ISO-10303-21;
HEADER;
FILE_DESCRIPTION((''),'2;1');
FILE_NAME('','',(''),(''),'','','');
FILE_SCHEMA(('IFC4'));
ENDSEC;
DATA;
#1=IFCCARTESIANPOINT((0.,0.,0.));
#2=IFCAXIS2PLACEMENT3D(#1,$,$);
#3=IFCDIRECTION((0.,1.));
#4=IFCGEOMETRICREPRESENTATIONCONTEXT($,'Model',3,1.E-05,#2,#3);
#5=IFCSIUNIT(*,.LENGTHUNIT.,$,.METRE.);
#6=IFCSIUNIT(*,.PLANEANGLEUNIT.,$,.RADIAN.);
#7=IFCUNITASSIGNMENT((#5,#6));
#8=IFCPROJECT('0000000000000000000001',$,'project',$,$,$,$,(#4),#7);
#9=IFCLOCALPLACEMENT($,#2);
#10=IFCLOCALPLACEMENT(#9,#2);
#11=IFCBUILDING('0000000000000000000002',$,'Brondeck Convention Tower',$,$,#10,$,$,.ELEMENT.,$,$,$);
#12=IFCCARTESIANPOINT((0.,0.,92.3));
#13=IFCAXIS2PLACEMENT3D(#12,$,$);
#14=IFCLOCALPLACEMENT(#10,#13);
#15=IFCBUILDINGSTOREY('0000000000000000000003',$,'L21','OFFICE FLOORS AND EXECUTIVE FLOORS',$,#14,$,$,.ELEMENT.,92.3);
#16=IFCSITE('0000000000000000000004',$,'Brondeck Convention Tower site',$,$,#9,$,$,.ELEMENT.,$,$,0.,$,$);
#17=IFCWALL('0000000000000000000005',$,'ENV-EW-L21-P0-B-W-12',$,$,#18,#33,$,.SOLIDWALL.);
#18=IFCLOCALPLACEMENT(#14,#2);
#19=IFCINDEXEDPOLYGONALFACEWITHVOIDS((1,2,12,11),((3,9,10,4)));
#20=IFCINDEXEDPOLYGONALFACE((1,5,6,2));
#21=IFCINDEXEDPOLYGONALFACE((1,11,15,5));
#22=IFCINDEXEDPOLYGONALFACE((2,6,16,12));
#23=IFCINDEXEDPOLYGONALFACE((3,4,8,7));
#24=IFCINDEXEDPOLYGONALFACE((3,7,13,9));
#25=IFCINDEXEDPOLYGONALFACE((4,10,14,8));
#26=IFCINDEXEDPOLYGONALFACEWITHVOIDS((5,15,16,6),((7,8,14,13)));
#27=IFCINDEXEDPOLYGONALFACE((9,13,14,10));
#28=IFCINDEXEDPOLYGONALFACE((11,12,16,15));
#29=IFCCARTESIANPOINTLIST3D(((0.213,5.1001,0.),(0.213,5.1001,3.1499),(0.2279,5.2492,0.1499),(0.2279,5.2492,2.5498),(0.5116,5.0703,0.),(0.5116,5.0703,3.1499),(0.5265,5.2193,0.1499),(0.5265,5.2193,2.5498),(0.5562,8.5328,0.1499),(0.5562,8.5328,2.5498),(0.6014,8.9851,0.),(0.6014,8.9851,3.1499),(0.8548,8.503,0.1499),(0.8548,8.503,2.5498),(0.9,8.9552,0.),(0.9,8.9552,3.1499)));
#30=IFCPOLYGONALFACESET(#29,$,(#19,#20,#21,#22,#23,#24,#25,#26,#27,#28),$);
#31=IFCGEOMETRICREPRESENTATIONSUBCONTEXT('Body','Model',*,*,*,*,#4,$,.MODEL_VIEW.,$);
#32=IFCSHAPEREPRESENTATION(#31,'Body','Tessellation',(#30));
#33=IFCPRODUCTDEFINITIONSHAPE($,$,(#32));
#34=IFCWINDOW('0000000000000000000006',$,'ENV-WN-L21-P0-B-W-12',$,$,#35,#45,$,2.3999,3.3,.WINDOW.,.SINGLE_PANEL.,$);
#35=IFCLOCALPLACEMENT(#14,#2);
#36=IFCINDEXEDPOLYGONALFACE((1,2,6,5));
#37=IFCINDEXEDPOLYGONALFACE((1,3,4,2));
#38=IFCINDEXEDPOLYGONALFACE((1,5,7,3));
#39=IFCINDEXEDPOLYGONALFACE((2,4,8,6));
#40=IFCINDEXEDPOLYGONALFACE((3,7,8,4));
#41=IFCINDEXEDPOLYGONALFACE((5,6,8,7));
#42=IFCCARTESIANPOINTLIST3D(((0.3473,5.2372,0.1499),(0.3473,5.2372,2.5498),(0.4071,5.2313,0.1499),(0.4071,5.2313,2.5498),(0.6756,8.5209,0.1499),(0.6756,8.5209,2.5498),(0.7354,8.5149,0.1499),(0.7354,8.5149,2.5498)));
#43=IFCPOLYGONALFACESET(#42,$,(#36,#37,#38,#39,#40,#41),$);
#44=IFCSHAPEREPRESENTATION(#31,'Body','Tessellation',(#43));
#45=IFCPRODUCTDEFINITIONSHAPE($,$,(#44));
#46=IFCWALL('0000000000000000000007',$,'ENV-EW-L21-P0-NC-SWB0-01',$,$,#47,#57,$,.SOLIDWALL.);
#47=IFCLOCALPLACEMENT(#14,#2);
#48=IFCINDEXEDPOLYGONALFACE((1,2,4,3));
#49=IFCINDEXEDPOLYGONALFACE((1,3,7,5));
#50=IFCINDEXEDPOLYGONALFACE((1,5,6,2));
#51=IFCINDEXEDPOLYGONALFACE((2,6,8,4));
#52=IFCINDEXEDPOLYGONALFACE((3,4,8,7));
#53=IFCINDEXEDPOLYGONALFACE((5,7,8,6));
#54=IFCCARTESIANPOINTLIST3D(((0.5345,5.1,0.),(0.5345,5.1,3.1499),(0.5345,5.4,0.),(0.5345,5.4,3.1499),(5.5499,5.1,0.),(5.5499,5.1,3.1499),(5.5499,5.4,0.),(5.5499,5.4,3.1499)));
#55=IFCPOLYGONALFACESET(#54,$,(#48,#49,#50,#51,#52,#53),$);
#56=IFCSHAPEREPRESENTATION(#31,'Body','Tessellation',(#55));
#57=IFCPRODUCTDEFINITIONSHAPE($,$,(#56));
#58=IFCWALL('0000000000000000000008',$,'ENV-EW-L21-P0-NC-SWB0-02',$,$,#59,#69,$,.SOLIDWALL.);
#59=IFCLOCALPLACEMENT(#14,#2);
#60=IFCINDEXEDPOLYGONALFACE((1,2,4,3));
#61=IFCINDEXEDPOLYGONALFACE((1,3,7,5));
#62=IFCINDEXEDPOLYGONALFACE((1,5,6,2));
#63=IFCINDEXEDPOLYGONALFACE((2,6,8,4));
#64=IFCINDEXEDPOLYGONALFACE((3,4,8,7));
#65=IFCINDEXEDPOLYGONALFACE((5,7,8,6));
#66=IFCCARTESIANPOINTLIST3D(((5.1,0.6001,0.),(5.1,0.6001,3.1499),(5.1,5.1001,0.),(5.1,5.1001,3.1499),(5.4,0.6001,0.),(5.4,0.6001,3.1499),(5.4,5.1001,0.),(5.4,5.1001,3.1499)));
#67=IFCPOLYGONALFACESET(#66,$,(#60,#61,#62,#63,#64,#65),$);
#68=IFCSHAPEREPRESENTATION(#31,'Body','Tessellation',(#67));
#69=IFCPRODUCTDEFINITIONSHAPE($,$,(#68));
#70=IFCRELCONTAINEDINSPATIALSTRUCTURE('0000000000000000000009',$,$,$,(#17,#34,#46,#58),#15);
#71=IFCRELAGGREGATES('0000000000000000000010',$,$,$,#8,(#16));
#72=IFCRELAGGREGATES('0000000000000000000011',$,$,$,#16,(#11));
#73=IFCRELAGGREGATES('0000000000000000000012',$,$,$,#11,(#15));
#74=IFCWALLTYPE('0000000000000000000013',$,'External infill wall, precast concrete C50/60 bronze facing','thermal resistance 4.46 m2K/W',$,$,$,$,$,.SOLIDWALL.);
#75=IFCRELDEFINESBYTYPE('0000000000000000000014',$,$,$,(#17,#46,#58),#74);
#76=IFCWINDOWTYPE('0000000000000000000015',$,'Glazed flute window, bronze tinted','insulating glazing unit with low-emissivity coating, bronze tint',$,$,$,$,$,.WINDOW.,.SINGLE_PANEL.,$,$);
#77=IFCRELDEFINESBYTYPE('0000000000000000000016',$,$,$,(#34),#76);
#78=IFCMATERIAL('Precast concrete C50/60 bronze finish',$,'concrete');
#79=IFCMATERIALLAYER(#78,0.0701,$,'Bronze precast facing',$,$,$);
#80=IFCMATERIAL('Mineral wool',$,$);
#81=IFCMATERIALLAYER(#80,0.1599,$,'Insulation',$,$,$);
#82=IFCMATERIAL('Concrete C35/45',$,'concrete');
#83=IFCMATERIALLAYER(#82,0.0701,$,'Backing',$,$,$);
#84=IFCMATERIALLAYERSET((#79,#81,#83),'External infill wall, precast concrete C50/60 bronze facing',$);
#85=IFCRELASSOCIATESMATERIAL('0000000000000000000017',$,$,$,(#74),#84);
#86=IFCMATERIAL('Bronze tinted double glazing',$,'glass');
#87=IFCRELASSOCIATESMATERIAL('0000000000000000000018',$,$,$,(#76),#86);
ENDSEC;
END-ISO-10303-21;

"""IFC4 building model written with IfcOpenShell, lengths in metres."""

from ifc_helpers import new_model, si_unit, direction, frame, frame_2d, origin, place, context, subcontext, project, spatial, rectangle, extrude, material, layer, layer_set, type_object, element, fill, save


model = new_model("IFC4")

# Units and contexts
model_context = context("Model", 3, precision=1e-05, world=origin(), true_north=direction((0.0, 1.0)))
body_context = subcontext(model_context, "Body", "Model", "MODEL_VIEW")
ifc_project = project(units=[si_unit("LENGTHUNIT", "METRE"), si_unit("PLANEANGLEUNIT", "RADIAN")], contexts=[model_context])

# Site, building, storey
site_placement = place(None, origin())
site = spatial("IfcSite", under=ifc_project, at=site_placement, Name="Brondeck Convention Tower site", CompositionType="ELEMENT", RefElevation=0.0)
building_placement = place(site_placement, origin())
building = spatial("IfcBuilding", under=site, at=building_placement, Name="Brondeck Convention Tower", CompositionType="ELEMENT")
storey_placement = place(building_placement, frame((0.0, 0.0, 92.3)))
storey = spatial("IfcBuildingStorey", under=building, at=storey_placement, Name="L21", Description="OFFICE FLOORS AND EXECUTIVE FLOORS", CompositionType="ELEMENT", Elevation=92.3)

# Shared definitions
ifc_material_1 = material(Name="Concrete C35/45", Category="concrete")

# Shared definitions
ifc_material_2 = material(Name="Precast concrete C50/60 bronze finish", Category="concrete")
ifc_layer_1 = layer(ifc_material_2, 0.0701, Name="Bronze precast facing")
ifc_material_3 = material(Name="Mineral wool")
ifc_layer_2 = layer(ifc_material_3, 0.1599, Name="Insulation")
ifc_layer_3 = layer(ifc_material_1, 0.0701, Name="Backing")
ifc_layer_set_1 = layer_set([ifc_layer_1, ifc_layer_2, ifc_layer_3], Name="External infill wall, precast concrete C50/60 bronze facing")
wall_type = type_object("IfcWallType", Name="External infill wall, precast concrete C50/60 bronze facing", Description="thermal resistance 4.46 m2K/W", PredefinedType="SOLIDWALL", material=ifc_layer_set_1)
ifc_material_4 = material(Name="Bronze tinted double glazing", Category="glass")
window_type_1 = type_object("IfcWindowType", Name="Glazed flute window, bronze tinted", Description="insulating glazing unit with low-emissivity coating, bronze tint", PartitioningType="SINGLE_PANEL", PredefinedType="WINDOW", material=ifc_material_4)

# Wall, opening, window
wall_1_placement = place(storey_placement, frame((0.3623, 5.0852, 0.0), z_axis=(0.0, 0.0, 1.0), x_axis=(0.099485, 0.995039, 0.0)))
wall_1 = element("IfcWall", 1, at=wall_1_placement, inside=storey, type_object=wall_type, Name="ENV-EW-L21-P0-B-W-12", PredefinedType="SOLIDWALL", context=body_context, shape_type="SweptSolid", body=[
    extrude(rectangle(XDim=3.9043, YDim=0.3, at=frame_2d((1.9521, 0.0))), origin(), (0.0, 0.0, 1.0), 3.1499),
])
opening_1_placement = place(wall_1_placement, frame((0.1499, 0.0, 0.1499)))
opening_1 = element("IfcOpeningElement", 2, at=opening_1_placement, cuts=wall_1, PredefinedType="OPENING", context=body_context, shape_type="SweptSolid", body=[
    extrude(rectangle(XDim=3.3, YDim=2.3999, at=frame_2d((1.6499, 1.2))), frame((0.0, 0.1599, 0.0), z_axis=(0.0, -1.0, 0.0), x_axis=(1.0, 0.0, 0.0)), (0.0, 0.0, 1.0), 0.3201),
])
window_1_placement = place(opening_1_placement, origin())
window_1 = element("IfcWindow", 3, at=window_1_placement, inside=storey, type_object=window_type_1, Name="ENV-WN-L21-P0-B-W-12", OverallHeight=2.3999, OverallWidth=3.3, PartitioningType="SINGLE_PANEL", PredefinedType="WINDOW", context=body_context, shape_type="SweptSolid", body=[
    extrude(rectangle(XDim=3.3, YDim=2.3999, at=frame_2d((1.6499, 1.2))), frame((0.0, 0.03, 0.0), z_axis=(0.0, -1.0, 0.0), x_axis=(1.0, 0.0, 0.0)), (0.0, 0.0, 1.0), 0.0601),
])
fill(opening_1, window_1)

# Walls
wall_2_placement = place(storey_placement, frame((5.55, 5.25, 0.0), z_axis=(0.0, 0.0, 1.0), x_axis=(-1.0, 0.0, 0.0)))
element("IfcWall", 4, at=wall_2_placement, inside=storey, type_object=wall_type, Name="ENV-EW-L21-P0-NC-SWB0-01", PredefinedType="SOLIDWALL", context=body_context, shape_type="SweptSolid", body=[
    extrude(rectangle(XDim=5.0154, YDim=0.3, at=frame_2d((2.5078, 0.0))), origin(), (0.0, 0.0, 1.0), 3.1499),
])
wall_3_placement = place(storey_placement, frame((5.25, 0.6001, 0.0), z_axis=(0.0, 0.0, 1.0), x_axis=(0.0, 1.0, 0.0)))
element("IfcWall", 5, at=wall_3_placement, inside=storey, type_object=wall_type, Name="ENV-EW-L21-P0-NC-SWB0-02", PredefinedType="SOLIDWALL", context=body_context, shape_type="SweptSolid", body=[
    extrude(rectangle(XDim=4.5, YDim=0.3, at=frame_2d((2.25, 0.0))), origin(), (0.0, 0.0, 1.0), 3.1499),
])

save(model, "model.ifc")
